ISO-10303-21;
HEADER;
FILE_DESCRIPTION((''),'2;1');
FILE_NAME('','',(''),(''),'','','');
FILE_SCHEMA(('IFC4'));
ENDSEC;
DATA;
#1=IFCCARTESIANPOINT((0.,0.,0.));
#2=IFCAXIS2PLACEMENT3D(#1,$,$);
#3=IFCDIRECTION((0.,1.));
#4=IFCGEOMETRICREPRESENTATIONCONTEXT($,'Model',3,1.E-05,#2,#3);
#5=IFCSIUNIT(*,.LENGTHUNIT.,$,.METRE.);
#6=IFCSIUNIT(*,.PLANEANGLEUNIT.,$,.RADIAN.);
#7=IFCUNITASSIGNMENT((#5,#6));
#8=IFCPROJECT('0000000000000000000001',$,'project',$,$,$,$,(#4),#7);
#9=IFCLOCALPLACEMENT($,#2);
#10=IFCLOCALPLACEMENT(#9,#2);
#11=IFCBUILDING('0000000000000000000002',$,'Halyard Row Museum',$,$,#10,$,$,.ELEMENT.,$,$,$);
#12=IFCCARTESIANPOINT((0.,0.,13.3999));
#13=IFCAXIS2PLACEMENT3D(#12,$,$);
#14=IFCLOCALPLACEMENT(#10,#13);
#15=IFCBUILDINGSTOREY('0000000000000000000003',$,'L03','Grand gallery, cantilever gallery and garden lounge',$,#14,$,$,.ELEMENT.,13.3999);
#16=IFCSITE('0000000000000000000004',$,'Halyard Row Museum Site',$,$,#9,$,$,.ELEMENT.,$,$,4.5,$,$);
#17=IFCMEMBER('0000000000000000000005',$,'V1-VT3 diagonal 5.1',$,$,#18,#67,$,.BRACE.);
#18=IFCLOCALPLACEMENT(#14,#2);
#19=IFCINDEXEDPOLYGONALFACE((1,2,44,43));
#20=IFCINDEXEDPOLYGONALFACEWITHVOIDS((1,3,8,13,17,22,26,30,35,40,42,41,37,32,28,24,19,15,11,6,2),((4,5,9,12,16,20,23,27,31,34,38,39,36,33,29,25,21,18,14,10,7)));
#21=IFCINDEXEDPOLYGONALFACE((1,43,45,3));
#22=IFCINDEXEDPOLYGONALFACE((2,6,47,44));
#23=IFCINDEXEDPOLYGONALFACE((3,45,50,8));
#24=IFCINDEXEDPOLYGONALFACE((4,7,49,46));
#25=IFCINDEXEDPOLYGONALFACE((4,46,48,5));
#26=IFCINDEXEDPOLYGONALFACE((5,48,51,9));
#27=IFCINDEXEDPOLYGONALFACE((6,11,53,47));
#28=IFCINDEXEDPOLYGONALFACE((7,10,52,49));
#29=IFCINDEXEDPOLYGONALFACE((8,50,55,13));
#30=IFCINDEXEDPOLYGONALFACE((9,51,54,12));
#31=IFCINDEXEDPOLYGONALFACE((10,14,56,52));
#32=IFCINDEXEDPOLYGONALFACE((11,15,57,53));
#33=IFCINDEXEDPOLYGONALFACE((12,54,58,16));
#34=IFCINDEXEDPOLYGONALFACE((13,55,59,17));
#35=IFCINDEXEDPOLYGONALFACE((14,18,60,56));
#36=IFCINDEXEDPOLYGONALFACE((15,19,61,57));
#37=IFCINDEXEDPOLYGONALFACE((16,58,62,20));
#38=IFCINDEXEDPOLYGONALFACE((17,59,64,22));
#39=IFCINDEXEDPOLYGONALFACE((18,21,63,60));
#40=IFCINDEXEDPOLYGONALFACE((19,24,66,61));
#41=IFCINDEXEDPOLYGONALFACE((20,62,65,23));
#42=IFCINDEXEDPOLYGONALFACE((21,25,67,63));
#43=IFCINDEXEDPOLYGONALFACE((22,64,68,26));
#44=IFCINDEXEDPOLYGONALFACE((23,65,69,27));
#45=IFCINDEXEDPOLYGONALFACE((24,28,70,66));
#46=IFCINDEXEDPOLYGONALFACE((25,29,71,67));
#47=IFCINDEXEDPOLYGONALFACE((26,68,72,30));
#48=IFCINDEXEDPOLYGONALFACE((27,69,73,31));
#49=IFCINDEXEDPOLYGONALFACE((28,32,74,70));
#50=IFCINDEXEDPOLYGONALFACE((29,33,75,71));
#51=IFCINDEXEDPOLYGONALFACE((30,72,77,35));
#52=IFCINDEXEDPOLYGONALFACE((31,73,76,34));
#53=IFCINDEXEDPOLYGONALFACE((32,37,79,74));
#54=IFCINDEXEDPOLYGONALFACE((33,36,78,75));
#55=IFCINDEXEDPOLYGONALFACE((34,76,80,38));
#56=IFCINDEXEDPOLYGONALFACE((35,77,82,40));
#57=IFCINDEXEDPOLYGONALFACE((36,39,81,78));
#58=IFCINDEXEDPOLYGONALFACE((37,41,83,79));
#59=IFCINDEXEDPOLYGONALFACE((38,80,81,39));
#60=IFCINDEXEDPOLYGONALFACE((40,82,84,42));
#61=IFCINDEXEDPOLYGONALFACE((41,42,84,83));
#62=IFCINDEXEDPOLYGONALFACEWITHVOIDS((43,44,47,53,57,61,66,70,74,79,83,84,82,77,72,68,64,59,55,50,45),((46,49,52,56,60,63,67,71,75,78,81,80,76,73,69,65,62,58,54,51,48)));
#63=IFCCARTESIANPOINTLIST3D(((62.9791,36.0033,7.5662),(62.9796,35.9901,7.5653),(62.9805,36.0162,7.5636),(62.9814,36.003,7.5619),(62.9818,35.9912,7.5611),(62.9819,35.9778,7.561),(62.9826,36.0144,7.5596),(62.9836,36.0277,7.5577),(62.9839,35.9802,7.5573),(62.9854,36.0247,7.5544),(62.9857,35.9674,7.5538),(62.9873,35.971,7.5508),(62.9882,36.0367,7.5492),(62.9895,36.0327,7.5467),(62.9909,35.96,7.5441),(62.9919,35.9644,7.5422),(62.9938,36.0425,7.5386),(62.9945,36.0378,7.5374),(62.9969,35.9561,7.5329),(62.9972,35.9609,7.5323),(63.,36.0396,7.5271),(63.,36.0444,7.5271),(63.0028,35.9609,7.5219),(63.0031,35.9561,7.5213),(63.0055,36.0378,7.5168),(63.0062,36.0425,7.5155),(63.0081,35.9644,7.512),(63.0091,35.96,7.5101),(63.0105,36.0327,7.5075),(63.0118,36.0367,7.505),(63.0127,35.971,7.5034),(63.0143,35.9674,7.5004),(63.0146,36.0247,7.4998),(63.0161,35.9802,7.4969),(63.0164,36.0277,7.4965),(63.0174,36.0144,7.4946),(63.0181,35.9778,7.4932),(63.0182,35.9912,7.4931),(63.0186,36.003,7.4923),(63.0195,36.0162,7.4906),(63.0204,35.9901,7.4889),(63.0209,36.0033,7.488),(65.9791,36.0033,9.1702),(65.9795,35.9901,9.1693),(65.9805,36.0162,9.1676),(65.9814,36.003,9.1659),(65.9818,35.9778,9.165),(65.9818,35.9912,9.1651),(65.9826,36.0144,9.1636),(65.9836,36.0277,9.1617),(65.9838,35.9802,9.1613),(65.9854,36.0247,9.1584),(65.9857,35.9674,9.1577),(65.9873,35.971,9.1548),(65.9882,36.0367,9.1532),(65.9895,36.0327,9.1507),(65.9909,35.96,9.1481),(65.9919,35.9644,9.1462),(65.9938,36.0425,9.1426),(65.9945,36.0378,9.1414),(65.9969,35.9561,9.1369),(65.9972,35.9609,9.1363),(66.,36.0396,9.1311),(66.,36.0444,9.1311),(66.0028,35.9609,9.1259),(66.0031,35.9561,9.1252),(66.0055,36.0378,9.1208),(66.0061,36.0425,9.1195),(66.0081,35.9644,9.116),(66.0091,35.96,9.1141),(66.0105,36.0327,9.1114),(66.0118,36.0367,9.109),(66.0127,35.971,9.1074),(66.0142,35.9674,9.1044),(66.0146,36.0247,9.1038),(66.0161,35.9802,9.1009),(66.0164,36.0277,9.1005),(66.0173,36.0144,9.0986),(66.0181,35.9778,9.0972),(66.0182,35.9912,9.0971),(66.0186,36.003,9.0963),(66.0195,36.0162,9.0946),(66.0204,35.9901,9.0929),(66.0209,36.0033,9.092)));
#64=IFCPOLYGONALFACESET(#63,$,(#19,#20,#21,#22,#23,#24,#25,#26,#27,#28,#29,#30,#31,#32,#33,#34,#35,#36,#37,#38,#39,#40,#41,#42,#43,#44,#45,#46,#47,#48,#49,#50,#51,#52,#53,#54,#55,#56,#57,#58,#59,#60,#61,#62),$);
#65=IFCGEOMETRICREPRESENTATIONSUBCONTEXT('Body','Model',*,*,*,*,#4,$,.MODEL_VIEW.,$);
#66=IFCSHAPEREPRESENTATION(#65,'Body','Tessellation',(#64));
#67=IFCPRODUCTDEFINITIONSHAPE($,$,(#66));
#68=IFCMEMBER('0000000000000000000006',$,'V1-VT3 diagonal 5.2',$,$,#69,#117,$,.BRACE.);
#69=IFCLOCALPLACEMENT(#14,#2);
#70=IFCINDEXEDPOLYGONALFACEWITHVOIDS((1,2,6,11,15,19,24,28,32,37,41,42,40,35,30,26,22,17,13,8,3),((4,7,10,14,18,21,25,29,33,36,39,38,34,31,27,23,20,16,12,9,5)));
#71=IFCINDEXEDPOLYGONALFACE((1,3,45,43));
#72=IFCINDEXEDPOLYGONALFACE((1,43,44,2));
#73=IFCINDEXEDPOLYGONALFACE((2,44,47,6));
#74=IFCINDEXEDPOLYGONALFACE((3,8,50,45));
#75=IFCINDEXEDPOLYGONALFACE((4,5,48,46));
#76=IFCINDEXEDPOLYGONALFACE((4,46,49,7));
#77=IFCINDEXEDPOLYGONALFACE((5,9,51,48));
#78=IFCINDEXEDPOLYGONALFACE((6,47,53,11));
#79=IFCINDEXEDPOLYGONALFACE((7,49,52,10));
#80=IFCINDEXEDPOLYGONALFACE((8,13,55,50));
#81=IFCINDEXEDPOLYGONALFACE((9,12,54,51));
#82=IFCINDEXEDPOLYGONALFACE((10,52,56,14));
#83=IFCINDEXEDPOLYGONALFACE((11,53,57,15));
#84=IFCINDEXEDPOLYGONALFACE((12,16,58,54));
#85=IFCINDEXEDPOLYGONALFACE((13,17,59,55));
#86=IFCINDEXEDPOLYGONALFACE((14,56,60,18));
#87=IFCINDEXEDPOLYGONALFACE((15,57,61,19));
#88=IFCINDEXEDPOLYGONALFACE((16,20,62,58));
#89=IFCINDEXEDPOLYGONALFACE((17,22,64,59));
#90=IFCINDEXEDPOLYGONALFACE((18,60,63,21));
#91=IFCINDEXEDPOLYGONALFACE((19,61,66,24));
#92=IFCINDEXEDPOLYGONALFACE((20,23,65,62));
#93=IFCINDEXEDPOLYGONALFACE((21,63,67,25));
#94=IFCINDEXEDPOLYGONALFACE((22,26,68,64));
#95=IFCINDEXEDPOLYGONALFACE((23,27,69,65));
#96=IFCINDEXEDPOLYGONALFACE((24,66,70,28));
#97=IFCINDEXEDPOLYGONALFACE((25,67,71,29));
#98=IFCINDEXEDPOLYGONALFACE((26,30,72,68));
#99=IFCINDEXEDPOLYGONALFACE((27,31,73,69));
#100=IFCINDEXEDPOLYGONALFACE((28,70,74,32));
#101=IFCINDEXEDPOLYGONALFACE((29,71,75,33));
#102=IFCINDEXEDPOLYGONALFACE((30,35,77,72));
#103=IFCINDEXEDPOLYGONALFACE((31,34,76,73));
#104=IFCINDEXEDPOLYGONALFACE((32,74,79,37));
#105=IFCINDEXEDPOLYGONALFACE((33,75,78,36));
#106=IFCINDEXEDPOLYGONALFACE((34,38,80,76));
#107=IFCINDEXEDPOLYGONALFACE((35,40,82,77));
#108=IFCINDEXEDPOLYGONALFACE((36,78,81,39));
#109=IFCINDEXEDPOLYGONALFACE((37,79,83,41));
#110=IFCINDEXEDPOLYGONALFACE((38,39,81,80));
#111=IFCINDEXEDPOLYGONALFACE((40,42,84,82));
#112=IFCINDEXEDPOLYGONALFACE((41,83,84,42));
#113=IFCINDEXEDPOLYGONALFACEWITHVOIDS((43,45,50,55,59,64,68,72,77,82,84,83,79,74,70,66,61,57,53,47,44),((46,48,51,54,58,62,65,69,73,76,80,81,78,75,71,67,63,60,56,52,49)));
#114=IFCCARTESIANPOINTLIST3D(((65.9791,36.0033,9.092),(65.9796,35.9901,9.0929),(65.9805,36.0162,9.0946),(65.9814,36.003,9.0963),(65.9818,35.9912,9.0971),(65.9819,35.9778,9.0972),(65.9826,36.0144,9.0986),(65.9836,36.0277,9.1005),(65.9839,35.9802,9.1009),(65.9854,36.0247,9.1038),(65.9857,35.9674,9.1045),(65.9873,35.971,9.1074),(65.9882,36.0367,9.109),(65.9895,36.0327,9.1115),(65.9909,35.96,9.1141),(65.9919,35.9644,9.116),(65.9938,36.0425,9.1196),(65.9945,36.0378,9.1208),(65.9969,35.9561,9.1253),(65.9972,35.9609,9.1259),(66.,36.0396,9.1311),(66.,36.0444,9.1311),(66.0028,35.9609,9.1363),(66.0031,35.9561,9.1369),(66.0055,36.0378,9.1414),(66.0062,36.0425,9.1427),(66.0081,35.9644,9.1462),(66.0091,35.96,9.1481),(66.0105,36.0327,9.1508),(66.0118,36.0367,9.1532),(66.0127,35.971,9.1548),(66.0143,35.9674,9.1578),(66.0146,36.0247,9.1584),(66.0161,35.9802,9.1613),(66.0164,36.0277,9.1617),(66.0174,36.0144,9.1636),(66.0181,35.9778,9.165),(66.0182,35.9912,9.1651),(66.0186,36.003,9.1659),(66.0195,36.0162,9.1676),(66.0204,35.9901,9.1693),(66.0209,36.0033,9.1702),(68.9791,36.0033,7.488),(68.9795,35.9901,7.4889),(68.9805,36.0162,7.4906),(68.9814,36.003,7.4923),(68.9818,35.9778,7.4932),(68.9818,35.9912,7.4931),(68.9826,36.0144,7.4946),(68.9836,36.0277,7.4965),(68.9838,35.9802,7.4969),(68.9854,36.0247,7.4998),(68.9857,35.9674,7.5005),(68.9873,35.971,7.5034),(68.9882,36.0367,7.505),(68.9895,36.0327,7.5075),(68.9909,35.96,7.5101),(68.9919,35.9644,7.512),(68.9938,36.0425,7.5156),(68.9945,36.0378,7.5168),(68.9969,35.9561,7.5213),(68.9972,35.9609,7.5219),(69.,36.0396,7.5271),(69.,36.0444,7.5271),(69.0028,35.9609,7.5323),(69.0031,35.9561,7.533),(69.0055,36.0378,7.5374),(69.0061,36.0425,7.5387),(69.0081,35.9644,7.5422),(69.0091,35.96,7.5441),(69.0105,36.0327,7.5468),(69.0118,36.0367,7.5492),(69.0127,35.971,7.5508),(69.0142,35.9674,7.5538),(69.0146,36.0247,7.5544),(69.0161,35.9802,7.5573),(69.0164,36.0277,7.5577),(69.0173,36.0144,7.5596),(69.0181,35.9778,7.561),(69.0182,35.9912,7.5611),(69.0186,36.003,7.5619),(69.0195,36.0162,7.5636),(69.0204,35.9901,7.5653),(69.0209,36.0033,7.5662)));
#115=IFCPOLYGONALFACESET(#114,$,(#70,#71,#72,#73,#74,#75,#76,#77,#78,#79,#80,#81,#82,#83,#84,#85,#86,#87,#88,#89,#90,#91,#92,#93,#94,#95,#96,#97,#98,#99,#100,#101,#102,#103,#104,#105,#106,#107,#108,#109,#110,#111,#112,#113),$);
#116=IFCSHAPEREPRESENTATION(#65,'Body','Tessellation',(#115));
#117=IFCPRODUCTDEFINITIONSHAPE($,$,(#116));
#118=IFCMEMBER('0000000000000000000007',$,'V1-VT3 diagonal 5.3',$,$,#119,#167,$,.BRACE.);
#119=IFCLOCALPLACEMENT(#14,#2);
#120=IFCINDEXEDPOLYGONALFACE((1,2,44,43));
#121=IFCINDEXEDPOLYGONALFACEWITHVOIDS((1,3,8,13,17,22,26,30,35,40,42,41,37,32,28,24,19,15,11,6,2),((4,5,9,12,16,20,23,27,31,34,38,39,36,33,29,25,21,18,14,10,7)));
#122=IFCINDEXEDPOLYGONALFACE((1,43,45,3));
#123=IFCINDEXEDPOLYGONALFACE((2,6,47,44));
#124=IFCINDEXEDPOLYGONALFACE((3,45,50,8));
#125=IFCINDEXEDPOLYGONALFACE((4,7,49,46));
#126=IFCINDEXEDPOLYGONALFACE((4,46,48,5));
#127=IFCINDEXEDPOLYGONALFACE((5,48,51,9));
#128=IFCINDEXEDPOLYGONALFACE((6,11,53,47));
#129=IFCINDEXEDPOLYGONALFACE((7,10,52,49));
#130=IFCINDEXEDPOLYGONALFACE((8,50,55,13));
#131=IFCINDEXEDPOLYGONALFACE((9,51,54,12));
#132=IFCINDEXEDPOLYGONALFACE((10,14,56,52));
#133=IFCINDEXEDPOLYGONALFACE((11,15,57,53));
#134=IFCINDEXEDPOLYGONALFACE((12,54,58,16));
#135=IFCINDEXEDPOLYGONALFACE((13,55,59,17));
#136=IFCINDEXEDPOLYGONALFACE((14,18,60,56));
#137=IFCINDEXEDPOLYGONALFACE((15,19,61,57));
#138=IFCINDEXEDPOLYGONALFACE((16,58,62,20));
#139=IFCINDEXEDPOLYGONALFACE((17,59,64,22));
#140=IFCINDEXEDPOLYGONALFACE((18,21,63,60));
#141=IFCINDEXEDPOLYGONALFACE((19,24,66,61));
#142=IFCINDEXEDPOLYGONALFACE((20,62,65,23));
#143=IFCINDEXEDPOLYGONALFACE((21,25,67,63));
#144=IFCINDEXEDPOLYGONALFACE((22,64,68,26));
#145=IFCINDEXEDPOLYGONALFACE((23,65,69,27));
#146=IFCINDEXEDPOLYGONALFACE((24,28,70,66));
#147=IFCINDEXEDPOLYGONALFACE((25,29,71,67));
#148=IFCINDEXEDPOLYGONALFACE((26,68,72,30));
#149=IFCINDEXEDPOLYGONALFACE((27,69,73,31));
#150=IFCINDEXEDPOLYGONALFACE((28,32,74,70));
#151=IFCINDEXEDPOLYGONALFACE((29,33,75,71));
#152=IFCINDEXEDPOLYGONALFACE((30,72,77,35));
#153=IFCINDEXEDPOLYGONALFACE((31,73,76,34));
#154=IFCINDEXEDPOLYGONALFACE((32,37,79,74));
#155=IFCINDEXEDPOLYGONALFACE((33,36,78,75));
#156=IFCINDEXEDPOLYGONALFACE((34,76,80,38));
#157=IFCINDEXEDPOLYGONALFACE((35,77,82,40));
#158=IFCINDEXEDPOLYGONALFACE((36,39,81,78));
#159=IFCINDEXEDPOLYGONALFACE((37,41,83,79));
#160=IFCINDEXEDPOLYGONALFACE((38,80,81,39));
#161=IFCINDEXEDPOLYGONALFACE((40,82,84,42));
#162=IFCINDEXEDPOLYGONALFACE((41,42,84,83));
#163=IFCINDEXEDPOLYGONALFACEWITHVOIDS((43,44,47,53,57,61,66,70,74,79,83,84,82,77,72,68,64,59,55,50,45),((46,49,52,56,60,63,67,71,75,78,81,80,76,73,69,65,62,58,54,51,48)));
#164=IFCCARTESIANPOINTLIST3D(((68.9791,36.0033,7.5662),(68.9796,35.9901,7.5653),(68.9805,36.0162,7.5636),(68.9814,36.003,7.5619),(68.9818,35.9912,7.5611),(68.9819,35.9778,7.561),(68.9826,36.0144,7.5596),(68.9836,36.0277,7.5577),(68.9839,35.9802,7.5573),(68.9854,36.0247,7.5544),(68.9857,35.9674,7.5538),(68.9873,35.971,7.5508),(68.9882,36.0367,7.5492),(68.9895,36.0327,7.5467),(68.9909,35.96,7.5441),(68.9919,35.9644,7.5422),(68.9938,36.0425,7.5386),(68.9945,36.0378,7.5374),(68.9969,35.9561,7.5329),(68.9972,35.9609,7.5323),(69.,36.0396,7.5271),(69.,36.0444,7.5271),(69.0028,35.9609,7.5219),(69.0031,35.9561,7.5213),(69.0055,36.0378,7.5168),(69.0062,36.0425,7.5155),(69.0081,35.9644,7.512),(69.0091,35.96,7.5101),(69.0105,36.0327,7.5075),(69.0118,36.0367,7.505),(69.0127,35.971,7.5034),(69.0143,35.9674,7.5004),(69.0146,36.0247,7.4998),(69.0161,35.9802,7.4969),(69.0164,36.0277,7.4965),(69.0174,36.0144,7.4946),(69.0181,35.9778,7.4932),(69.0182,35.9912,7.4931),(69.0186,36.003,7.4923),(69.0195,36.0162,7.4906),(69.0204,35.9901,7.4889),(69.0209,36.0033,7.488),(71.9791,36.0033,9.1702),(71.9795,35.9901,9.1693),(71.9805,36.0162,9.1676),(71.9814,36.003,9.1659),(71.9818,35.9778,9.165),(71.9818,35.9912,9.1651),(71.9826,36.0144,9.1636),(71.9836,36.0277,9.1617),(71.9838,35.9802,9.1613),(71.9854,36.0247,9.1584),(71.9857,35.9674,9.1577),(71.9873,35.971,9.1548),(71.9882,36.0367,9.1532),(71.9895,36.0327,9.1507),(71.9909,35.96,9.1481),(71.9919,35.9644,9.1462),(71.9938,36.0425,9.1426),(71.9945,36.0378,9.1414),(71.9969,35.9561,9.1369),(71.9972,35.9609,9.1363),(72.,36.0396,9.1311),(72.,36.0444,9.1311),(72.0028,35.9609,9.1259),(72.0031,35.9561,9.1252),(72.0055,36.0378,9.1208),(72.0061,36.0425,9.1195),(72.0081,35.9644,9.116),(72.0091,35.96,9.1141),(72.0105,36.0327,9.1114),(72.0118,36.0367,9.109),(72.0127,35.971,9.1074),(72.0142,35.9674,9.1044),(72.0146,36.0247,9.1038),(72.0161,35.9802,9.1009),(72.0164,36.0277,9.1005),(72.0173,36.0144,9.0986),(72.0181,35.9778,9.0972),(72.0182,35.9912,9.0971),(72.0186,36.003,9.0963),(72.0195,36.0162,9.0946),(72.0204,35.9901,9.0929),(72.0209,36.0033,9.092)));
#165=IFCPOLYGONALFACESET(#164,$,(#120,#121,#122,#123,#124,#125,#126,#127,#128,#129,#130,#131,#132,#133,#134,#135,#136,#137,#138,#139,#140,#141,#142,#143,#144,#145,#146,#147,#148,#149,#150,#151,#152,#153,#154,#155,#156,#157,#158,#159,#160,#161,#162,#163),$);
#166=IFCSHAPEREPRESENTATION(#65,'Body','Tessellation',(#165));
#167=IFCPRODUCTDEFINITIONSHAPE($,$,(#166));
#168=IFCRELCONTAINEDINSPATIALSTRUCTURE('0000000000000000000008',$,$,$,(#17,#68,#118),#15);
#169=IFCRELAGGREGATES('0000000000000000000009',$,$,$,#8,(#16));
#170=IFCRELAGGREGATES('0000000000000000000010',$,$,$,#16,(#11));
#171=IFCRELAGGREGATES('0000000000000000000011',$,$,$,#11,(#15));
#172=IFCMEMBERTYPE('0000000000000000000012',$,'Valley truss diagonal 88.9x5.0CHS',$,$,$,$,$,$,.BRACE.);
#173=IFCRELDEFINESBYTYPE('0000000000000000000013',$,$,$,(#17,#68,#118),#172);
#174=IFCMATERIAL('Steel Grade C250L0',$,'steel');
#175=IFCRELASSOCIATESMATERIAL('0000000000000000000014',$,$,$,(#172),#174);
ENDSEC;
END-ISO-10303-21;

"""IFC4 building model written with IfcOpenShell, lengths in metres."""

from ifc_helpers import new_model, si_unit, direction, frame, origin, origin_2d, place, context, subcontext, project, spatial, hollow_circle, extrude, material, material_profile, profile_set, type_object, element, save


model = new_model("IFC4")

# Units and contexts
model_context = context("Model", 3, precision=1e-05, world=origin(), true_north=direction((0.0, 1.0)))
body_context = subcontext(model_context, "Body", "Model", "MODEL_VIEW")
ifc_project = project(units=[si_unit("LENGTHUNIT", "METRE"), si_unit("PLANEANGLEUNIT", "RADIAN")], contexts=[model_context])

# Site, building, storey
site_placement = place(None, origin())
site = spatial("IfcSite", under=ifc_project, at=site_placement, Name="Halyard Row Museum Site", CompositionType="ELEMENT", RefElevation=4.5)
building_placement = place(site_placement, origin())
building = spatial("IfcBuilding", under=site, at=building_placement, Name="Halyard Row Museum", CompositionType="ELEMENT")
storey_placement = place(building_placement, frame((0.0, 0.0, 13.3999)))
storey = spatial("IfcBuildingStorey", under=building, at=storey_placement, Name="L03", Description="Grand gallery, cantilever gallery and garden lounge", CompositionType="ELEMENT", Elevation=13.3999)

# Members
ifc_material_1 = material(Name="Steel Grade C250L0", Category="steel")
ifc_material_profile_1 = material_profile(ifc_material_1, hollow_circle(Radius=0.0444, WallThickness=0.0049, at=origin_2d()), Name="88.9x5.0CHS")
ifc_profile_set_1 = profile_set([ifc_material_profile_1], Name="Steel Grade C250L0")
member_type_1 = type_object("IfcMemberType", Name="Valley truss diagonal 88.9x5.0CHS", PredefinedType="BRACE", material=ifc_profile_set_1)
for number, where, z_axis, x_axis, name in (
    (1, (63.0, 36.0, 7.5271), (0.881864, 0.0, 0.471504), (0.0, 1.0, 0.0), "V1-VT3 diagonal 5.1"),
    (2, (66.0, 36.0, 9.1311), (0.881864, 0.0, -0.471504), (0.0, 1.0, 0.0), "V1-VT3 diagonal 5.2"),
    (3, (69.0, 36.0, 7.5271), (0.881864, 0.0, 0.471504), (0.0, 1.0, 0.0), "V1-VT3 diagonal 5.3"),
):
    element("IfcMember", number, at=place(storey_placement, frame(where, z_axis=z_axis, x_axis=x_axis)), inside=storey, type_object=member_type_1, Name=name, PredefinedType="BRACE", context=body_context, shape_type="SweptSolid", body=[
        extrude(hollow_circle(Radius=0.0444, WallThickness=0.0049, at=origin_2d()), origin(), (0.0, 0.0, 1.0), 3.4019),
    ])

save(model, "model.ifc")
